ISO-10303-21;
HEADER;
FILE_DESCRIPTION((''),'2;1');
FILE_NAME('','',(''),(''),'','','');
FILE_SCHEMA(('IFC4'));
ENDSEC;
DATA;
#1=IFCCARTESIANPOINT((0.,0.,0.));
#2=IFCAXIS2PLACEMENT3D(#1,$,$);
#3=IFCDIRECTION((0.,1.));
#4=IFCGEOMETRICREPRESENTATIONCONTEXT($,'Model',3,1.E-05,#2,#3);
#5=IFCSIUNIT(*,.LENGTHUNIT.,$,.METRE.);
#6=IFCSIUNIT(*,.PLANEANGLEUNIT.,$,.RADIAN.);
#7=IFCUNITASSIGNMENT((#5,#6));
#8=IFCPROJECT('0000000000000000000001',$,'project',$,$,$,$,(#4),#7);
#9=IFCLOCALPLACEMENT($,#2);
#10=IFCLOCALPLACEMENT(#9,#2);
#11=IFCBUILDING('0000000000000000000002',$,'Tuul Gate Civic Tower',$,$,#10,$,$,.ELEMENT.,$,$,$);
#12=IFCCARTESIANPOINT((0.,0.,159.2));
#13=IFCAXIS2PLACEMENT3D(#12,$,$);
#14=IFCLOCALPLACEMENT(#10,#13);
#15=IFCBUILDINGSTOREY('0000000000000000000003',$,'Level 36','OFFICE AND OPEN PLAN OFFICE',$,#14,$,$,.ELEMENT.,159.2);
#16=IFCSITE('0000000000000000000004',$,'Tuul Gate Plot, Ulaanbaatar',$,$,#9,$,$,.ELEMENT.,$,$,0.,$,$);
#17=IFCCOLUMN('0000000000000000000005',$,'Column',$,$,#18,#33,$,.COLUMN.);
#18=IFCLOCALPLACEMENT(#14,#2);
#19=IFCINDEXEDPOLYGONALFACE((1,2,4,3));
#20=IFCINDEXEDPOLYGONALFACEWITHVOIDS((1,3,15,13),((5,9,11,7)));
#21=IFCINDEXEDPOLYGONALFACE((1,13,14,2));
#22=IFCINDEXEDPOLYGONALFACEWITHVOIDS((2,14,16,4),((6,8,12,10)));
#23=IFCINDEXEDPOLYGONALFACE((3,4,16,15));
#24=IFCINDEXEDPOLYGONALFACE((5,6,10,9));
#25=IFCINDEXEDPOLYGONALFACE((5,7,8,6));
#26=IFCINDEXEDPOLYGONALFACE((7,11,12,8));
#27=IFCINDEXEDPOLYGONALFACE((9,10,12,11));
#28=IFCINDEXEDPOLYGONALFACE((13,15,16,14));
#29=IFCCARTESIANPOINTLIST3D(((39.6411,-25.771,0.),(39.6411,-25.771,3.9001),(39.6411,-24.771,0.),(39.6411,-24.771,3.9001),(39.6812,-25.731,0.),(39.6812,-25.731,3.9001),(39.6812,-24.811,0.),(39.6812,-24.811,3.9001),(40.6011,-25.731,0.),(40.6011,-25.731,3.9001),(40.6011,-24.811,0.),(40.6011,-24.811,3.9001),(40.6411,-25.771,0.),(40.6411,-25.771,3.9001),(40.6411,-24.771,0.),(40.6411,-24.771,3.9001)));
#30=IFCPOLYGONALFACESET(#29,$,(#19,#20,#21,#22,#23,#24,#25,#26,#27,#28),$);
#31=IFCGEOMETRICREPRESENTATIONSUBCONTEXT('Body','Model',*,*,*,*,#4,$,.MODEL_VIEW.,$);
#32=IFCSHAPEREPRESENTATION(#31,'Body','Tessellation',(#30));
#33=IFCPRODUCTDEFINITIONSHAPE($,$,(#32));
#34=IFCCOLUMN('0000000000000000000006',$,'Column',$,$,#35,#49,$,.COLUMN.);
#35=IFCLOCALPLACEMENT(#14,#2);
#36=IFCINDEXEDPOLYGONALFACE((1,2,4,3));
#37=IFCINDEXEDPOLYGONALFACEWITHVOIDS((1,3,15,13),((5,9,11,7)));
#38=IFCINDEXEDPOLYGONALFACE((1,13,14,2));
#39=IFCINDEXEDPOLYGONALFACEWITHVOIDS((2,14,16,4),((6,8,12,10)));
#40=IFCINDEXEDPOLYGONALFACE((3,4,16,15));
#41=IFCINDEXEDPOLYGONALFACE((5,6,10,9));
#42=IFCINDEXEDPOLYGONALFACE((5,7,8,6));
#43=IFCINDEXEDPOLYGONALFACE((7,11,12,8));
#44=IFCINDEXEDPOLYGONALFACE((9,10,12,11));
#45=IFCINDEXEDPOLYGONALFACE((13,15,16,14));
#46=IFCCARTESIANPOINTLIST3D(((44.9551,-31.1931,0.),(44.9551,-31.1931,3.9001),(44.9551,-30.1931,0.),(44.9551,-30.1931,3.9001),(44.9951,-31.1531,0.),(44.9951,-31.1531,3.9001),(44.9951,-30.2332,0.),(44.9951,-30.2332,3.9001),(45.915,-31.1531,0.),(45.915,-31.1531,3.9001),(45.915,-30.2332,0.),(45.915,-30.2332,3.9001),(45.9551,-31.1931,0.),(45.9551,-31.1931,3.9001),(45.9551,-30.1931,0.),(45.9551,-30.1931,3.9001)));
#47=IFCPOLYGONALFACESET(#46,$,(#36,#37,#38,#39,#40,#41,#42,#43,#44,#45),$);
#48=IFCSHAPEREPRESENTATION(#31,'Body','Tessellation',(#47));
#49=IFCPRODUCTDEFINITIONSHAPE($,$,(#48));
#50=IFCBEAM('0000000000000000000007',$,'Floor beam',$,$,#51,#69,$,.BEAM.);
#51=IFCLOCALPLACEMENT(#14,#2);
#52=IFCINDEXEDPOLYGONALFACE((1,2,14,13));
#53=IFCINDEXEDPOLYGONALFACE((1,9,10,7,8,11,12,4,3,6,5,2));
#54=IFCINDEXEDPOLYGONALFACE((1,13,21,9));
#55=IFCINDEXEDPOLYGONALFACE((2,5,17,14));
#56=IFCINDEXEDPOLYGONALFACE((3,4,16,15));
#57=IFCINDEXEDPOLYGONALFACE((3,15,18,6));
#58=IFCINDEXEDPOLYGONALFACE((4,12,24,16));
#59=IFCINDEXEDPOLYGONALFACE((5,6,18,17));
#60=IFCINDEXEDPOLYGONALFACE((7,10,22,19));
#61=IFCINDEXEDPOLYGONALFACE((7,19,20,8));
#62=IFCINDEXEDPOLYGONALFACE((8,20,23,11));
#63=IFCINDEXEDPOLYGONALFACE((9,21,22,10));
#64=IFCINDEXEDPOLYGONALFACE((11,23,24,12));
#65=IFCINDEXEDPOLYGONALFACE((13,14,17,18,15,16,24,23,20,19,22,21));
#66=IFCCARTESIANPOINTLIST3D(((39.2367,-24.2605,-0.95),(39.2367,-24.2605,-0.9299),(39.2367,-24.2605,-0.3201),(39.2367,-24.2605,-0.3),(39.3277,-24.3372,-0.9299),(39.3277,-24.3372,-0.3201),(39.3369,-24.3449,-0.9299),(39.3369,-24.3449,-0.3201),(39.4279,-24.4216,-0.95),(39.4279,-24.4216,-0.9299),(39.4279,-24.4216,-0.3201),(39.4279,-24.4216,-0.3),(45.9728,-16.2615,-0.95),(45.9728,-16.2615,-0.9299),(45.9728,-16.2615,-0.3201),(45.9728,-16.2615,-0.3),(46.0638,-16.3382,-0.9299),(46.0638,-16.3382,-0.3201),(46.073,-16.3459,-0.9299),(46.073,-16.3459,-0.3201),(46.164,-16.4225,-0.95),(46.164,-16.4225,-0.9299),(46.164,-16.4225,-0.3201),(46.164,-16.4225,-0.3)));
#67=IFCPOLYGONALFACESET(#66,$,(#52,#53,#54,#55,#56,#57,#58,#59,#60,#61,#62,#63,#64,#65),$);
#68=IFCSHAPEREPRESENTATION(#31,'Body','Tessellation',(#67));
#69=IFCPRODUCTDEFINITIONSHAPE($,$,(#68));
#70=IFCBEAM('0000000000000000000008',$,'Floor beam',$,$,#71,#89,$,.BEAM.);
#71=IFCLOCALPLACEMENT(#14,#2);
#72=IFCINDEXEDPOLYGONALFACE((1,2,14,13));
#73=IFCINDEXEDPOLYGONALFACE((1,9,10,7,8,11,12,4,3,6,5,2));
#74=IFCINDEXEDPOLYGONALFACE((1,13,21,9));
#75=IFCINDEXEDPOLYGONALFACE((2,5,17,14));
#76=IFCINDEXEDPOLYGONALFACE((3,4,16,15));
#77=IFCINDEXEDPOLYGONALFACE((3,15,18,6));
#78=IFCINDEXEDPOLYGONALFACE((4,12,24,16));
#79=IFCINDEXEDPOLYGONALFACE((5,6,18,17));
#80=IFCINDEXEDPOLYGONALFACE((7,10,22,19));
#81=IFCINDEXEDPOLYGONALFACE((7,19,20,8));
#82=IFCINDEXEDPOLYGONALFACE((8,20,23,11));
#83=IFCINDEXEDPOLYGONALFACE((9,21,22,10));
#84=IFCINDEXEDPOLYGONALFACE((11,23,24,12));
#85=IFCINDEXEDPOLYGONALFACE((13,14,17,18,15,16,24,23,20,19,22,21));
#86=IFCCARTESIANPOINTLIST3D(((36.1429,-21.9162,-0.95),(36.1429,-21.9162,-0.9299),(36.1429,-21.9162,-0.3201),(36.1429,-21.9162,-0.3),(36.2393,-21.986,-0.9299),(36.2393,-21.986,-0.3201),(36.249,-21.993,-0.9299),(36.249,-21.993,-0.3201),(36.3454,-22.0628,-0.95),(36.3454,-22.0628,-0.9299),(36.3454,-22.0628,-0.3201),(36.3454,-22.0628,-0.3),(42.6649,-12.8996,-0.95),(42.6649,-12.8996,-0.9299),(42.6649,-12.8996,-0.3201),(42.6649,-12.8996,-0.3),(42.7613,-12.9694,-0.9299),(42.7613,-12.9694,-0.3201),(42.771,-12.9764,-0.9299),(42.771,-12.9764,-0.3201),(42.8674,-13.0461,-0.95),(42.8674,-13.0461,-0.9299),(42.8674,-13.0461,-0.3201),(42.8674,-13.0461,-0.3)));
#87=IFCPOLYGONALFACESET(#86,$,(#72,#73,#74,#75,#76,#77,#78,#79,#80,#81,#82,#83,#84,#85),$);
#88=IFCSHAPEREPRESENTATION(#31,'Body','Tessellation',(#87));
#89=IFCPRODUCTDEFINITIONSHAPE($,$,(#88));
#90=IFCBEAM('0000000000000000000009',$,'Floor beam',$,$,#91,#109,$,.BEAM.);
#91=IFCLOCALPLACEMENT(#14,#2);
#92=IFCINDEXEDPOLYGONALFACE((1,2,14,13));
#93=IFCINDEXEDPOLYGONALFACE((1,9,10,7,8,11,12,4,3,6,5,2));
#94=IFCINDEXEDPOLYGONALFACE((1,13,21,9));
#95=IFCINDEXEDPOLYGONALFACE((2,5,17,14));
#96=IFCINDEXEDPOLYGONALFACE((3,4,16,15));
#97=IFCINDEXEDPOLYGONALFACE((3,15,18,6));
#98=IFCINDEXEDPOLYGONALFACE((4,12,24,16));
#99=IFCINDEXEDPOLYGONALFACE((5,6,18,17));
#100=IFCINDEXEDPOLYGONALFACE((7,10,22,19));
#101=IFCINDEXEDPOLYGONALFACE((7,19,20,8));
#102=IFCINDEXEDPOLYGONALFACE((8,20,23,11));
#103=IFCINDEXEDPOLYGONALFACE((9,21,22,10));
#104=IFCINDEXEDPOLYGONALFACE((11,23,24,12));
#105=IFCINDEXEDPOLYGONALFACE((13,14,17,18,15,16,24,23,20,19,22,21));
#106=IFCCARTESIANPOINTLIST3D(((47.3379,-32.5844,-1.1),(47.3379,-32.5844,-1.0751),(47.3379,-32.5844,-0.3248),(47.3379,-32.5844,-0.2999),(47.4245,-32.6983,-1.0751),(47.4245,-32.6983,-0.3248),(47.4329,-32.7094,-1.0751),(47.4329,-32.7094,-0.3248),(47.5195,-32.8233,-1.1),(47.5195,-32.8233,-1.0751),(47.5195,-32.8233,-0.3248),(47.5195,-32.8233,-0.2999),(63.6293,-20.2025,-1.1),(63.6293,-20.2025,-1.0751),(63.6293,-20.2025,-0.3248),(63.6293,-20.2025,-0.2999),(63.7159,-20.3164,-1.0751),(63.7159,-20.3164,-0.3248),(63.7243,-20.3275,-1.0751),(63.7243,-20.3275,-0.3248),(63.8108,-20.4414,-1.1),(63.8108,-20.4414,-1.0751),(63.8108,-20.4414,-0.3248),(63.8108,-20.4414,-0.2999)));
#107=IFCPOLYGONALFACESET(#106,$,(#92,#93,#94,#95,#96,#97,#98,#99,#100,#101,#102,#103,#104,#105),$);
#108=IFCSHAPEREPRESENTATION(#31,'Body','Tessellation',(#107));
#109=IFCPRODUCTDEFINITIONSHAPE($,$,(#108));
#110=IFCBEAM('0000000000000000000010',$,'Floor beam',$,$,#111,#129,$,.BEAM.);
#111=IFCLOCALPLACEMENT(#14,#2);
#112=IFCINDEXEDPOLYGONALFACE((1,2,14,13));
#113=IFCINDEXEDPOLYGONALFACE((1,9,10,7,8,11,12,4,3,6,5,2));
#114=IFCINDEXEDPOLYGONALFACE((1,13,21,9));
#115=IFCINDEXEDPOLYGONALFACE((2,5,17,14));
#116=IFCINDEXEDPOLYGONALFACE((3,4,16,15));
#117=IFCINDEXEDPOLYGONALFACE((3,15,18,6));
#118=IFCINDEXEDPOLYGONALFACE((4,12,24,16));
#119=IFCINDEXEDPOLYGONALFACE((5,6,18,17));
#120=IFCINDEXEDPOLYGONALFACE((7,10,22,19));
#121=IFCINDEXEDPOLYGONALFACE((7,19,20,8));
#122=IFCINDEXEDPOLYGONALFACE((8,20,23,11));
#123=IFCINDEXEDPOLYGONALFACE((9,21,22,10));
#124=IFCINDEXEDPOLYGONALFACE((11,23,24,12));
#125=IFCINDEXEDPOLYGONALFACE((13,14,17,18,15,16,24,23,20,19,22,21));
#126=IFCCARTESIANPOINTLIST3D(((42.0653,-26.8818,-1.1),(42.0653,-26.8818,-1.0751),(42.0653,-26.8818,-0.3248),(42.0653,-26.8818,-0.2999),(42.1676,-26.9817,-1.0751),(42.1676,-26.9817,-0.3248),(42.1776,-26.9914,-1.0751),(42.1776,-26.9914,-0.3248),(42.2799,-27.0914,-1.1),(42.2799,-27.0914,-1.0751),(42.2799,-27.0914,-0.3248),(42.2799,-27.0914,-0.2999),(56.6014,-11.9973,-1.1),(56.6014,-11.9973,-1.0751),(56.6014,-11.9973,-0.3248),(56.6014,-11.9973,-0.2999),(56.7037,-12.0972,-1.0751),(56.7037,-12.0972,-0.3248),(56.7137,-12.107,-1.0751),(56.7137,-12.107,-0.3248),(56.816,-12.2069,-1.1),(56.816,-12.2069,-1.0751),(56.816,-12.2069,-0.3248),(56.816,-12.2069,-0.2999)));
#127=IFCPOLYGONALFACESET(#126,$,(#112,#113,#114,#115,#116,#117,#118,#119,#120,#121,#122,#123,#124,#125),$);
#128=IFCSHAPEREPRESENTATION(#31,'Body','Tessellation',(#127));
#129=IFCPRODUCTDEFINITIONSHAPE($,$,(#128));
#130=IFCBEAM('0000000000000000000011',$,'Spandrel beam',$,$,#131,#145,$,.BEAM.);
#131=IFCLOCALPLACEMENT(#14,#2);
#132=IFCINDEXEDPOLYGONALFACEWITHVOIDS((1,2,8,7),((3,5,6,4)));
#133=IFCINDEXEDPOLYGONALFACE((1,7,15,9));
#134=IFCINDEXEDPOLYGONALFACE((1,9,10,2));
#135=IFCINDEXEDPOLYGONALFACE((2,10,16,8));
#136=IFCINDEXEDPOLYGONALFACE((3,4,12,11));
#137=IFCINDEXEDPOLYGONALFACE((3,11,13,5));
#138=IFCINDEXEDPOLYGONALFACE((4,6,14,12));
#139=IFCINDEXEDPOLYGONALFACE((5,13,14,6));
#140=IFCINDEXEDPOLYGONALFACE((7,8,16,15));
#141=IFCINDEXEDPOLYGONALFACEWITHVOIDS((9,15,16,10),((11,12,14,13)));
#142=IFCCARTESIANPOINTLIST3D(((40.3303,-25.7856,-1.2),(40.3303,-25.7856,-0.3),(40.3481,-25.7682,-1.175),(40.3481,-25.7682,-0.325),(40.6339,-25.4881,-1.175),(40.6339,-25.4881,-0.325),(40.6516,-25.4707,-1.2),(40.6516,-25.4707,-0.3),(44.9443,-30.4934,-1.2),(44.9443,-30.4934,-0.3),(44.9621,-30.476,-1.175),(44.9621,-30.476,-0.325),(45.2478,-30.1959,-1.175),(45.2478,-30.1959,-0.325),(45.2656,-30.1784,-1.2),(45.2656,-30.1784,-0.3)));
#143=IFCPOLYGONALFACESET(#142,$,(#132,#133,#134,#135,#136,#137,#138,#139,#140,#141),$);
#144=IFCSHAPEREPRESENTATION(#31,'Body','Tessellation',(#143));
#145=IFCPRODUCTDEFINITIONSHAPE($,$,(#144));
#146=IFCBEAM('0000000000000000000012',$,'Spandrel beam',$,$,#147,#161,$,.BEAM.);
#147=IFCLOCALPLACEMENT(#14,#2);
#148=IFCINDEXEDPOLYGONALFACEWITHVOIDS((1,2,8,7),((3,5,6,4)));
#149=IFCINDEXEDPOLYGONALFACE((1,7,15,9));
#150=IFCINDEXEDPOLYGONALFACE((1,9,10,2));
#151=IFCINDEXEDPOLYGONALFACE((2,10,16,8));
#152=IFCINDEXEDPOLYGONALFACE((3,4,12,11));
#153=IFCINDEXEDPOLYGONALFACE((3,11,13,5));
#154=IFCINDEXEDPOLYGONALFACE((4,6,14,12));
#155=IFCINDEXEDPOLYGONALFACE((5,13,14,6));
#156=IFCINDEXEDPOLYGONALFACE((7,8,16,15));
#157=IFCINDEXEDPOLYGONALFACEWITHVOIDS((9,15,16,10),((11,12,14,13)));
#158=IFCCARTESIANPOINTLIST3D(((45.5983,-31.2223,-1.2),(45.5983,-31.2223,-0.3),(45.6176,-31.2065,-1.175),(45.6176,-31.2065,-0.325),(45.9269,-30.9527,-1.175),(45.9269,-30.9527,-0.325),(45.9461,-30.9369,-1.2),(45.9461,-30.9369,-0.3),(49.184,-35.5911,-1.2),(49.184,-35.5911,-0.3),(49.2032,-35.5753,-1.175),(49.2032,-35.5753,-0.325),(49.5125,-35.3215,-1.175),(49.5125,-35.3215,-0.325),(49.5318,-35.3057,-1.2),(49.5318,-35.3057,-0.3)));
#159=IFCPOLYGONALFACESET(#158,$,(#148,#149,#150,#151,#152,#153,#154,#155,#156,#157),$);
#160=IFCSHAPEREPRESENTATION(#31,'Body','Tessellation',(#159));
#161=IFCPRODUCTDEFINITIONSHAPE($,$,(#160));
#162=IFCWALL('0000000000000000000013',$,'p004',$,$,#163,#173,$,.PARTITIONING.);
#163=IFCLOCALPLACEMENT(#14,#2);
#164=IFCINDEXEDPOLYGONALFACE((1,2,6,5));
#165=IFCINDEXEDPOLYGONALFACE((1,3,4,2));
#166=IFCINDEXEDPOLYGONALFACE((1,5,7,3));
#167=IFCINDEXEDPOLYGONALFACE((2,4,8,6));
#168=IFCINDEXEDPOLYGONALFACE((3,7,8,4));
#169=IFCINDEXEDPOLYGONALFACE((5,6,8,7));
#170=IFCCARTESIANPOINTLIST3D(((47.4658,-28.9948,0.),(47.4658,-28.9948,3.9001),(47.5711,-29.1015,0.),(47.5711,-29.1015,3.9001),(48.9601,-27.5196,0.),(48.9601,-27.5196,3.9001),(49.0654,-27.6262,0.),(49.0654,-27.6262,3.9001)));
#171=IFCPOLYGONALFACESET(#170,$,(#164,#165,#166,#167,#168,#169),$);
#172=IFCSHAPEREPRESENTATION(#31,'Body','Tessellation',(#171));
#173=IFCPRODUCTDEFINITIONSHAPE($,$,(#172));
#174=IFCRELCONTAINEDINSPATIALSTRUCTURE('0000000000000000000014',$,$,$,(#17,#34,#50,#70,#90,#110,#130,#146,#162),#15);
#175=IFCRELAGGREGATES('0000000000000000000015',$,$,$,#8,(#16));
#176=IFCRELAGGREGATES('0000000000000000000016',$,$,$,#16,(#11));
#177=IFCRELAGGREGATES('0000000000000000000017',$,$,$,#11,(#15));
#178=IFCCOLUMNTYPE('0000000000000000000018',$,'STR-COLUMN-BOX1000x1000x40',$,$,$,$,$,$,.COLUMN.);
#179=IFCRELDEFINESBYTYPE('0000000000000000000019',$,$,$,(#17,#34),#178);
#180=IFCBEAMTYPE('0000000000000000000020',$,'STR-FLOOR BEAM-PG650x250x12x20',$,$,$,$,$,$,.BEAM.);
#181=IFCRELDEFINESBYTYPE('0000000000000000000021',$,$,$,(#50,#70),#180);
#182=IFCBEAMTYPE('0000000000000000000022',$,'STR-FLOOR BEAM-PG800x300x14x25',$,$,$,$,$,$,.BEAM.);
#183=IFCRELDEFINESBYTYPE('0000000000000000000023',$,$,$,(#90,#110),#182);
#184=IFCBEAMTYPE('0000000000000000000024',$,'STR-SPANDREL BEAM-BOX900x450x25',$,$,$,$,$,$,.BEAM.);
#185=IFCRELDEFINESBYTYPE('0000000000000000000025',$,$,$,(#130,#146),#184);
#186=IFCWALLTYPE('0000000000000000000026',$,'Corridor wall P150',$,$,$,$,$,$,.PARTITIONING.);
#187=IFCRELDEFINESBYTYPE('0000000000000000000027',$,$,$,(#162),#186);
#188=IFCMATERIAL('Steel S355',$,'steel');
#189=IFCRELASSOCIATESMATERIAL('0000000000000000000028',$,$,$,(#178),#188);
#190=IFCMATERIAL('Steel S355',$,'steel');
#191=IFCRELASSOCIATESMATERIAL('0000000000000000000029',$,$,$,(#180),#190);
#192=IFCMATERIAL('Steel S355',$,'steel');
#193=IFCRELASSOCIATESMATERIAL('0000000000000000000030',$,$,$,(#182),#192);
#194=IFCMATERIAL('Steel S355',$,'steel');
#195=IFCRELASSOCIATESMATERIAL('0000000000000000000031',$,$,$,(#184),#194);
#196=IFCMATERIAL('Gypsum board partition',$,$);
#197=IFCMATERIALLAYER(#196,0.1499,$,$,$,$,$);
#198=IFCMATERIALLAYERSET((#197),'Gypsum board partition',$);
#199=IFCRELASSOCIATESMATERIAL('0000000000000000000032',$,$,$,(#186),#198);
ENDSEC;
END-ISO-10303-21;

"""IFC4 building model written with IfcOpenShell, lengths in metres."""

from ifc_helpers import new_model, si_unit, direction, frame, frame_2d, origin, origin_2d, place, context, subcontext, project, spatial, rectangle, hollow_rectangle, i_section, extrude, material, layer, layer_set, material_profile, profile_set, type_object, element, save


model = new_model("IFC4")

# Units and contexts
model_context = context("Model", 3, precision=1e-05, world=origin(), true_north=direction((0.0, 1.0)))
body_context = subcontext(model_context, "Body", "Model", "MODEL_VIEW")
ifc_project = project(units=[si_unit("LENGTHUNIT", "METRE"), si_unit("PLANEANGLEUNIT", "RADIAN")], contexts=[model_context])

# Site, building, storey
site_placement = place(None, origin())
site = spatial("IfcSite", under=ifc_project, at=site_placement, Name="Tuul Gate Plot, Ulaanbaatar", CompositionType="ELEMENT", RefElevation=0.0)
building_placement = place(site_placement, origin())
building = spatial("IfcBuilding", under=site, at=building_placement, Name="Tuul Gate Civic Tower", CompositionType="ELEMENT")
storey_placement = place(building_placement, frame((0.0, 0.0, 159.2)))
storey = spatial("IfcBuildingStorey", under=building, at=storey_placement, Name="Level 36", Description="OFFICE AND OPEN PLAN OFFICE", CompositionType="ELEMENT", Elevation=159.2)

# Columns
ifc_material_1 = material(Name="Steel S355", Category="steel")
ifc_material_profile_1 = material_profile(ifc_material_1, hollow_rectangle(XDim=1.0, YDim=1.0, WallThickness=0.04, at=origin_2d()), Name="BOX1000x1000x40")
ifc_profile_set_1 = profile_set([ifc_material_profile_1], Name="Steel S355")
column_type = type_object("IfcColumnType", Name="STR-COLUMN-BOX1000x1000x40", PredefinedType="COLUMN", material=ifc_profile_set_1)
for number, where, z_axis, x_axis, name in (
    (1, (40.1411, -25.271, 0.0), (0.0, 0.0, 1.0), (1.0, 0.0, 0.0), "Column"),
    (2, (45.4551, -30.6931, 0.0), (0.0, 0.0, 1.0), (1.0, 0.0, 0.0), "Column"),
):
    element("IfcColumn", number, at=place(storey_placement, frame(where, z_axis=z_axis, x_axis=x_axis)), inside=storey, type_object=column_type, Name=name, PredefinedType="COLUMN", context=body_context, shape_type="SweptSolid", body=[
        extrude(hollow_rectangle(XDim=1.0, YDim=1.0, WallThickness=0.04, at=origin_2d()), origin(), (0.0, 0.0, 1.0), 3.9001),
    ])

# Beams
ifc_material_2 = material(Name="Steel S355", Category="steel")
ifc_material_profile_2 = material_profile(ifc_material_2, i_section(OverallWidth=0.25, OverallDepth=0.6499, WebThickness=0.012, FlangeThickness=0.02, at=origin_2d()), Name="PG650x250x12x20")
ifc_profile_set_2 = profile_set([ifc_material_profile_2], Name="Steel S355")
beam_type_1 = type_object("IfcBeamType", Name="STR-FLOOR BEAM-PG650x250x12x20", PredefinedType="BEAM", material=ifc_profile_set_2)
beam_1_placement = place(storey_placement, frame((39.3323, -24.3411, -0.625), z_axis=(0.644139, 0.764908, 0.0), x_axis=(-0.764908, 0.644139, 0.0)))
element("IfcBeam", 3, at=beam_1_placement, inside=storey, type_object=beam_type_1, Name="Floor beam", PredefinedType="BEAM", context=body_context, shape_type="SweptSolid", body=[
    extrude(i_section(OverallWidth=0.25, OverallDepth=0.6499, WebThickness=0.012, FlangeThickness=0.02, at=origin_2d()), origin(), (0.0, 0.0, 1.0), 10.4575),
])
beam_2_placement = place(storey_placement, frame((36.2441, -21.9895, -0.625), z_axis=(0.58608, 0.810253, 0.0), x_axis=(-0.810253, 0.58608, 0.0)))
element("IfcBeam", 4, at=beam_2_placement, inside=storey, type_object=beam_type_1, Name="Floor beam", PredefinedType="BEAM", context=body_context, shape_type="SweptSolid", body=[
    extrude(i_section(OverallWidth=0.25, OverallDepth=0.6499, WebThickness=0.012, FlangeThickness=0.02, at=origin_2d()), origin(), (0.0, 0.0, 1.0), 11.1282),
])
ifc_material_3 = material(Name="Steel S355", Category="steel")
ifc_material_profile_3 = material_profile(ifc_material_3, i_section(OverallWidth=0.3, OverallDepth=0.8, WebThickness=0.0139, FlangeThickness=0.0249, at=origin_2d()), Name="PG800x300x14x25")
ifc_profile_set_3 = profile_set([ifc_material_profile_3], Name="Steel S355")
beam_type_2 = type_object("IfcBeamType", Name="STR-FLOOR BEAM-PG800x300x14x25", PredefinedType="BEAM", material=ifc_profile_set_3)
beam_3_placement = place(storey_placement, frame((47.4287, -32.7039, -0.7), z_axis=(0.796151, 0.605098, 0.0), x_axis=(-0.605098, 0.796151, 0.0)))
element("IfcBeam", 5, at=beam_3_placement, inside=storey, type_object=beam_type_2, Name="Floor beam", PredefinedType="BEAM", context=body_context, shape_type="SweptSolid", body=[
    extrude(i_section(OverallWidth=0.3, OverallDepth=0.8, WebThickness=0.0139, FlangeThickness=0.0249, at=origin_2d()), origin(), (0.0, 0.0, 1.0), 20.4626),
])
beam_4_placement = place(storey_placement, frame((42.1726, -26.9866, -0.7), z_axis=(0.698684, 0.71543, 0.0), x_axis=(-0.71543, 0.698684, 0.0)))
element("IfcBeam", 6, at=beam_4_placement, inside=storey, type_object=beam_type_2, Name="Floor beam", PredefinedType="BEAM", context=body_context, shape_type="SweptSolid", body=[
    extrude(i_section(OverallWidth=0.3, OverallDepth=0.8, WebThickness=0.0139, FlangeThickness=0.0249, at=origin_2d()), origin(), (0.0, 0.0, 1.0), 20.8049),
])
ifc_material_4 = material(Name="Steel S355", Category="steel")
ifc_material_profile_4 = material_profile(ifc_material_4, hollow_rectangle(XDim=0.45, YDim=0.8999, WallThickness=0.0249, at=origin_2d()), Name="BOX900x450x25")
ifc_profile_set_4 = profile_set([ifc_material_profile_4], Name="Steel S355")
beam_type_3 = type_object("IfcBeamType", Name="STR-SPANDREL BEAM-BOX900x450x25", PredefinedType="BEAM", material=ifc_profile_set_4)
beam_5_placement = place(storey_placement, frame((40.491, -25.6282, -0.75), z_axis=(0.69996, -0.714182, 0.0), x_axis=(0.714182, 0.69996, 0.0)))
element("IfcBeam", 7, at=beam_5_placement, inside=storey, type_object=beam_type_3, Name="Spandrel beam", PredefinedType="BEAM", context=body_context, shape_type="SweptSolid", body=[
    extrude(hollow_rectangle(XDim=0.45, YDim=0.8999, WallThickness=0.0249, at=origin_2d()), origin(), (0.0, 0.0, 1.0), 6.5918),
])
beam_6_placement = place(storey_placement, frame((45.7722, -31.0796, -0.75), z_axis=(0.634418, -0.77299, 0.0), x_axis=(0.77299, 0.634418, 0.0)))
element("IfcBeam", 8, at=beam_6_placement, inside=storey, type_object=beam_type_3, Name="Spandrel beam", PredefinedType="BEAM", context=body_context, shape_type="SweptSolid", body=[
    extrude(hollow_rectangle(XDim=0.45, YDim=0.8999, WallThickness=0.0249, at=origin_2d()), origin(), (0.0, 0.0, 1.0), 5.6519),
])

# Wall
ifc_material_5 = material(Name="Gypsum board partition")
ifc_layer_1 = layer(ifc_material_5, 0.1499)
ifc_layer_set_1 = layer_set([ifc_layer_1], Name="Gypsum board partition")
wall_type_1 = type_object("IfcWallType", Name="Corridor wall P150", PredefinedType="PARTITIONING", material=ifc_layer_set_1)
wall_1_placement = place(storey_placement, frame((47.5186, -29.0481, 0.0), z_axis=(0.0, 0.0, 1.0), x_axis=(0.711626, 0.702558, 0.0)))
element("IfcWall", 9, at=wall_1_placement, inside=storey, type_object=wall_type_1, Name="p004", PredefinedType="PARTITIONING", context=body_context, shape_type="SweptSolid", body=[
    extrude(rectangle(XDim=2.0999, YDim=0.1499, at=frame_2d((1.0498, 0.0))), origin(), (0.0, 0.0, 1.0), 3.9001),
])

save(model, "model.ifc")
